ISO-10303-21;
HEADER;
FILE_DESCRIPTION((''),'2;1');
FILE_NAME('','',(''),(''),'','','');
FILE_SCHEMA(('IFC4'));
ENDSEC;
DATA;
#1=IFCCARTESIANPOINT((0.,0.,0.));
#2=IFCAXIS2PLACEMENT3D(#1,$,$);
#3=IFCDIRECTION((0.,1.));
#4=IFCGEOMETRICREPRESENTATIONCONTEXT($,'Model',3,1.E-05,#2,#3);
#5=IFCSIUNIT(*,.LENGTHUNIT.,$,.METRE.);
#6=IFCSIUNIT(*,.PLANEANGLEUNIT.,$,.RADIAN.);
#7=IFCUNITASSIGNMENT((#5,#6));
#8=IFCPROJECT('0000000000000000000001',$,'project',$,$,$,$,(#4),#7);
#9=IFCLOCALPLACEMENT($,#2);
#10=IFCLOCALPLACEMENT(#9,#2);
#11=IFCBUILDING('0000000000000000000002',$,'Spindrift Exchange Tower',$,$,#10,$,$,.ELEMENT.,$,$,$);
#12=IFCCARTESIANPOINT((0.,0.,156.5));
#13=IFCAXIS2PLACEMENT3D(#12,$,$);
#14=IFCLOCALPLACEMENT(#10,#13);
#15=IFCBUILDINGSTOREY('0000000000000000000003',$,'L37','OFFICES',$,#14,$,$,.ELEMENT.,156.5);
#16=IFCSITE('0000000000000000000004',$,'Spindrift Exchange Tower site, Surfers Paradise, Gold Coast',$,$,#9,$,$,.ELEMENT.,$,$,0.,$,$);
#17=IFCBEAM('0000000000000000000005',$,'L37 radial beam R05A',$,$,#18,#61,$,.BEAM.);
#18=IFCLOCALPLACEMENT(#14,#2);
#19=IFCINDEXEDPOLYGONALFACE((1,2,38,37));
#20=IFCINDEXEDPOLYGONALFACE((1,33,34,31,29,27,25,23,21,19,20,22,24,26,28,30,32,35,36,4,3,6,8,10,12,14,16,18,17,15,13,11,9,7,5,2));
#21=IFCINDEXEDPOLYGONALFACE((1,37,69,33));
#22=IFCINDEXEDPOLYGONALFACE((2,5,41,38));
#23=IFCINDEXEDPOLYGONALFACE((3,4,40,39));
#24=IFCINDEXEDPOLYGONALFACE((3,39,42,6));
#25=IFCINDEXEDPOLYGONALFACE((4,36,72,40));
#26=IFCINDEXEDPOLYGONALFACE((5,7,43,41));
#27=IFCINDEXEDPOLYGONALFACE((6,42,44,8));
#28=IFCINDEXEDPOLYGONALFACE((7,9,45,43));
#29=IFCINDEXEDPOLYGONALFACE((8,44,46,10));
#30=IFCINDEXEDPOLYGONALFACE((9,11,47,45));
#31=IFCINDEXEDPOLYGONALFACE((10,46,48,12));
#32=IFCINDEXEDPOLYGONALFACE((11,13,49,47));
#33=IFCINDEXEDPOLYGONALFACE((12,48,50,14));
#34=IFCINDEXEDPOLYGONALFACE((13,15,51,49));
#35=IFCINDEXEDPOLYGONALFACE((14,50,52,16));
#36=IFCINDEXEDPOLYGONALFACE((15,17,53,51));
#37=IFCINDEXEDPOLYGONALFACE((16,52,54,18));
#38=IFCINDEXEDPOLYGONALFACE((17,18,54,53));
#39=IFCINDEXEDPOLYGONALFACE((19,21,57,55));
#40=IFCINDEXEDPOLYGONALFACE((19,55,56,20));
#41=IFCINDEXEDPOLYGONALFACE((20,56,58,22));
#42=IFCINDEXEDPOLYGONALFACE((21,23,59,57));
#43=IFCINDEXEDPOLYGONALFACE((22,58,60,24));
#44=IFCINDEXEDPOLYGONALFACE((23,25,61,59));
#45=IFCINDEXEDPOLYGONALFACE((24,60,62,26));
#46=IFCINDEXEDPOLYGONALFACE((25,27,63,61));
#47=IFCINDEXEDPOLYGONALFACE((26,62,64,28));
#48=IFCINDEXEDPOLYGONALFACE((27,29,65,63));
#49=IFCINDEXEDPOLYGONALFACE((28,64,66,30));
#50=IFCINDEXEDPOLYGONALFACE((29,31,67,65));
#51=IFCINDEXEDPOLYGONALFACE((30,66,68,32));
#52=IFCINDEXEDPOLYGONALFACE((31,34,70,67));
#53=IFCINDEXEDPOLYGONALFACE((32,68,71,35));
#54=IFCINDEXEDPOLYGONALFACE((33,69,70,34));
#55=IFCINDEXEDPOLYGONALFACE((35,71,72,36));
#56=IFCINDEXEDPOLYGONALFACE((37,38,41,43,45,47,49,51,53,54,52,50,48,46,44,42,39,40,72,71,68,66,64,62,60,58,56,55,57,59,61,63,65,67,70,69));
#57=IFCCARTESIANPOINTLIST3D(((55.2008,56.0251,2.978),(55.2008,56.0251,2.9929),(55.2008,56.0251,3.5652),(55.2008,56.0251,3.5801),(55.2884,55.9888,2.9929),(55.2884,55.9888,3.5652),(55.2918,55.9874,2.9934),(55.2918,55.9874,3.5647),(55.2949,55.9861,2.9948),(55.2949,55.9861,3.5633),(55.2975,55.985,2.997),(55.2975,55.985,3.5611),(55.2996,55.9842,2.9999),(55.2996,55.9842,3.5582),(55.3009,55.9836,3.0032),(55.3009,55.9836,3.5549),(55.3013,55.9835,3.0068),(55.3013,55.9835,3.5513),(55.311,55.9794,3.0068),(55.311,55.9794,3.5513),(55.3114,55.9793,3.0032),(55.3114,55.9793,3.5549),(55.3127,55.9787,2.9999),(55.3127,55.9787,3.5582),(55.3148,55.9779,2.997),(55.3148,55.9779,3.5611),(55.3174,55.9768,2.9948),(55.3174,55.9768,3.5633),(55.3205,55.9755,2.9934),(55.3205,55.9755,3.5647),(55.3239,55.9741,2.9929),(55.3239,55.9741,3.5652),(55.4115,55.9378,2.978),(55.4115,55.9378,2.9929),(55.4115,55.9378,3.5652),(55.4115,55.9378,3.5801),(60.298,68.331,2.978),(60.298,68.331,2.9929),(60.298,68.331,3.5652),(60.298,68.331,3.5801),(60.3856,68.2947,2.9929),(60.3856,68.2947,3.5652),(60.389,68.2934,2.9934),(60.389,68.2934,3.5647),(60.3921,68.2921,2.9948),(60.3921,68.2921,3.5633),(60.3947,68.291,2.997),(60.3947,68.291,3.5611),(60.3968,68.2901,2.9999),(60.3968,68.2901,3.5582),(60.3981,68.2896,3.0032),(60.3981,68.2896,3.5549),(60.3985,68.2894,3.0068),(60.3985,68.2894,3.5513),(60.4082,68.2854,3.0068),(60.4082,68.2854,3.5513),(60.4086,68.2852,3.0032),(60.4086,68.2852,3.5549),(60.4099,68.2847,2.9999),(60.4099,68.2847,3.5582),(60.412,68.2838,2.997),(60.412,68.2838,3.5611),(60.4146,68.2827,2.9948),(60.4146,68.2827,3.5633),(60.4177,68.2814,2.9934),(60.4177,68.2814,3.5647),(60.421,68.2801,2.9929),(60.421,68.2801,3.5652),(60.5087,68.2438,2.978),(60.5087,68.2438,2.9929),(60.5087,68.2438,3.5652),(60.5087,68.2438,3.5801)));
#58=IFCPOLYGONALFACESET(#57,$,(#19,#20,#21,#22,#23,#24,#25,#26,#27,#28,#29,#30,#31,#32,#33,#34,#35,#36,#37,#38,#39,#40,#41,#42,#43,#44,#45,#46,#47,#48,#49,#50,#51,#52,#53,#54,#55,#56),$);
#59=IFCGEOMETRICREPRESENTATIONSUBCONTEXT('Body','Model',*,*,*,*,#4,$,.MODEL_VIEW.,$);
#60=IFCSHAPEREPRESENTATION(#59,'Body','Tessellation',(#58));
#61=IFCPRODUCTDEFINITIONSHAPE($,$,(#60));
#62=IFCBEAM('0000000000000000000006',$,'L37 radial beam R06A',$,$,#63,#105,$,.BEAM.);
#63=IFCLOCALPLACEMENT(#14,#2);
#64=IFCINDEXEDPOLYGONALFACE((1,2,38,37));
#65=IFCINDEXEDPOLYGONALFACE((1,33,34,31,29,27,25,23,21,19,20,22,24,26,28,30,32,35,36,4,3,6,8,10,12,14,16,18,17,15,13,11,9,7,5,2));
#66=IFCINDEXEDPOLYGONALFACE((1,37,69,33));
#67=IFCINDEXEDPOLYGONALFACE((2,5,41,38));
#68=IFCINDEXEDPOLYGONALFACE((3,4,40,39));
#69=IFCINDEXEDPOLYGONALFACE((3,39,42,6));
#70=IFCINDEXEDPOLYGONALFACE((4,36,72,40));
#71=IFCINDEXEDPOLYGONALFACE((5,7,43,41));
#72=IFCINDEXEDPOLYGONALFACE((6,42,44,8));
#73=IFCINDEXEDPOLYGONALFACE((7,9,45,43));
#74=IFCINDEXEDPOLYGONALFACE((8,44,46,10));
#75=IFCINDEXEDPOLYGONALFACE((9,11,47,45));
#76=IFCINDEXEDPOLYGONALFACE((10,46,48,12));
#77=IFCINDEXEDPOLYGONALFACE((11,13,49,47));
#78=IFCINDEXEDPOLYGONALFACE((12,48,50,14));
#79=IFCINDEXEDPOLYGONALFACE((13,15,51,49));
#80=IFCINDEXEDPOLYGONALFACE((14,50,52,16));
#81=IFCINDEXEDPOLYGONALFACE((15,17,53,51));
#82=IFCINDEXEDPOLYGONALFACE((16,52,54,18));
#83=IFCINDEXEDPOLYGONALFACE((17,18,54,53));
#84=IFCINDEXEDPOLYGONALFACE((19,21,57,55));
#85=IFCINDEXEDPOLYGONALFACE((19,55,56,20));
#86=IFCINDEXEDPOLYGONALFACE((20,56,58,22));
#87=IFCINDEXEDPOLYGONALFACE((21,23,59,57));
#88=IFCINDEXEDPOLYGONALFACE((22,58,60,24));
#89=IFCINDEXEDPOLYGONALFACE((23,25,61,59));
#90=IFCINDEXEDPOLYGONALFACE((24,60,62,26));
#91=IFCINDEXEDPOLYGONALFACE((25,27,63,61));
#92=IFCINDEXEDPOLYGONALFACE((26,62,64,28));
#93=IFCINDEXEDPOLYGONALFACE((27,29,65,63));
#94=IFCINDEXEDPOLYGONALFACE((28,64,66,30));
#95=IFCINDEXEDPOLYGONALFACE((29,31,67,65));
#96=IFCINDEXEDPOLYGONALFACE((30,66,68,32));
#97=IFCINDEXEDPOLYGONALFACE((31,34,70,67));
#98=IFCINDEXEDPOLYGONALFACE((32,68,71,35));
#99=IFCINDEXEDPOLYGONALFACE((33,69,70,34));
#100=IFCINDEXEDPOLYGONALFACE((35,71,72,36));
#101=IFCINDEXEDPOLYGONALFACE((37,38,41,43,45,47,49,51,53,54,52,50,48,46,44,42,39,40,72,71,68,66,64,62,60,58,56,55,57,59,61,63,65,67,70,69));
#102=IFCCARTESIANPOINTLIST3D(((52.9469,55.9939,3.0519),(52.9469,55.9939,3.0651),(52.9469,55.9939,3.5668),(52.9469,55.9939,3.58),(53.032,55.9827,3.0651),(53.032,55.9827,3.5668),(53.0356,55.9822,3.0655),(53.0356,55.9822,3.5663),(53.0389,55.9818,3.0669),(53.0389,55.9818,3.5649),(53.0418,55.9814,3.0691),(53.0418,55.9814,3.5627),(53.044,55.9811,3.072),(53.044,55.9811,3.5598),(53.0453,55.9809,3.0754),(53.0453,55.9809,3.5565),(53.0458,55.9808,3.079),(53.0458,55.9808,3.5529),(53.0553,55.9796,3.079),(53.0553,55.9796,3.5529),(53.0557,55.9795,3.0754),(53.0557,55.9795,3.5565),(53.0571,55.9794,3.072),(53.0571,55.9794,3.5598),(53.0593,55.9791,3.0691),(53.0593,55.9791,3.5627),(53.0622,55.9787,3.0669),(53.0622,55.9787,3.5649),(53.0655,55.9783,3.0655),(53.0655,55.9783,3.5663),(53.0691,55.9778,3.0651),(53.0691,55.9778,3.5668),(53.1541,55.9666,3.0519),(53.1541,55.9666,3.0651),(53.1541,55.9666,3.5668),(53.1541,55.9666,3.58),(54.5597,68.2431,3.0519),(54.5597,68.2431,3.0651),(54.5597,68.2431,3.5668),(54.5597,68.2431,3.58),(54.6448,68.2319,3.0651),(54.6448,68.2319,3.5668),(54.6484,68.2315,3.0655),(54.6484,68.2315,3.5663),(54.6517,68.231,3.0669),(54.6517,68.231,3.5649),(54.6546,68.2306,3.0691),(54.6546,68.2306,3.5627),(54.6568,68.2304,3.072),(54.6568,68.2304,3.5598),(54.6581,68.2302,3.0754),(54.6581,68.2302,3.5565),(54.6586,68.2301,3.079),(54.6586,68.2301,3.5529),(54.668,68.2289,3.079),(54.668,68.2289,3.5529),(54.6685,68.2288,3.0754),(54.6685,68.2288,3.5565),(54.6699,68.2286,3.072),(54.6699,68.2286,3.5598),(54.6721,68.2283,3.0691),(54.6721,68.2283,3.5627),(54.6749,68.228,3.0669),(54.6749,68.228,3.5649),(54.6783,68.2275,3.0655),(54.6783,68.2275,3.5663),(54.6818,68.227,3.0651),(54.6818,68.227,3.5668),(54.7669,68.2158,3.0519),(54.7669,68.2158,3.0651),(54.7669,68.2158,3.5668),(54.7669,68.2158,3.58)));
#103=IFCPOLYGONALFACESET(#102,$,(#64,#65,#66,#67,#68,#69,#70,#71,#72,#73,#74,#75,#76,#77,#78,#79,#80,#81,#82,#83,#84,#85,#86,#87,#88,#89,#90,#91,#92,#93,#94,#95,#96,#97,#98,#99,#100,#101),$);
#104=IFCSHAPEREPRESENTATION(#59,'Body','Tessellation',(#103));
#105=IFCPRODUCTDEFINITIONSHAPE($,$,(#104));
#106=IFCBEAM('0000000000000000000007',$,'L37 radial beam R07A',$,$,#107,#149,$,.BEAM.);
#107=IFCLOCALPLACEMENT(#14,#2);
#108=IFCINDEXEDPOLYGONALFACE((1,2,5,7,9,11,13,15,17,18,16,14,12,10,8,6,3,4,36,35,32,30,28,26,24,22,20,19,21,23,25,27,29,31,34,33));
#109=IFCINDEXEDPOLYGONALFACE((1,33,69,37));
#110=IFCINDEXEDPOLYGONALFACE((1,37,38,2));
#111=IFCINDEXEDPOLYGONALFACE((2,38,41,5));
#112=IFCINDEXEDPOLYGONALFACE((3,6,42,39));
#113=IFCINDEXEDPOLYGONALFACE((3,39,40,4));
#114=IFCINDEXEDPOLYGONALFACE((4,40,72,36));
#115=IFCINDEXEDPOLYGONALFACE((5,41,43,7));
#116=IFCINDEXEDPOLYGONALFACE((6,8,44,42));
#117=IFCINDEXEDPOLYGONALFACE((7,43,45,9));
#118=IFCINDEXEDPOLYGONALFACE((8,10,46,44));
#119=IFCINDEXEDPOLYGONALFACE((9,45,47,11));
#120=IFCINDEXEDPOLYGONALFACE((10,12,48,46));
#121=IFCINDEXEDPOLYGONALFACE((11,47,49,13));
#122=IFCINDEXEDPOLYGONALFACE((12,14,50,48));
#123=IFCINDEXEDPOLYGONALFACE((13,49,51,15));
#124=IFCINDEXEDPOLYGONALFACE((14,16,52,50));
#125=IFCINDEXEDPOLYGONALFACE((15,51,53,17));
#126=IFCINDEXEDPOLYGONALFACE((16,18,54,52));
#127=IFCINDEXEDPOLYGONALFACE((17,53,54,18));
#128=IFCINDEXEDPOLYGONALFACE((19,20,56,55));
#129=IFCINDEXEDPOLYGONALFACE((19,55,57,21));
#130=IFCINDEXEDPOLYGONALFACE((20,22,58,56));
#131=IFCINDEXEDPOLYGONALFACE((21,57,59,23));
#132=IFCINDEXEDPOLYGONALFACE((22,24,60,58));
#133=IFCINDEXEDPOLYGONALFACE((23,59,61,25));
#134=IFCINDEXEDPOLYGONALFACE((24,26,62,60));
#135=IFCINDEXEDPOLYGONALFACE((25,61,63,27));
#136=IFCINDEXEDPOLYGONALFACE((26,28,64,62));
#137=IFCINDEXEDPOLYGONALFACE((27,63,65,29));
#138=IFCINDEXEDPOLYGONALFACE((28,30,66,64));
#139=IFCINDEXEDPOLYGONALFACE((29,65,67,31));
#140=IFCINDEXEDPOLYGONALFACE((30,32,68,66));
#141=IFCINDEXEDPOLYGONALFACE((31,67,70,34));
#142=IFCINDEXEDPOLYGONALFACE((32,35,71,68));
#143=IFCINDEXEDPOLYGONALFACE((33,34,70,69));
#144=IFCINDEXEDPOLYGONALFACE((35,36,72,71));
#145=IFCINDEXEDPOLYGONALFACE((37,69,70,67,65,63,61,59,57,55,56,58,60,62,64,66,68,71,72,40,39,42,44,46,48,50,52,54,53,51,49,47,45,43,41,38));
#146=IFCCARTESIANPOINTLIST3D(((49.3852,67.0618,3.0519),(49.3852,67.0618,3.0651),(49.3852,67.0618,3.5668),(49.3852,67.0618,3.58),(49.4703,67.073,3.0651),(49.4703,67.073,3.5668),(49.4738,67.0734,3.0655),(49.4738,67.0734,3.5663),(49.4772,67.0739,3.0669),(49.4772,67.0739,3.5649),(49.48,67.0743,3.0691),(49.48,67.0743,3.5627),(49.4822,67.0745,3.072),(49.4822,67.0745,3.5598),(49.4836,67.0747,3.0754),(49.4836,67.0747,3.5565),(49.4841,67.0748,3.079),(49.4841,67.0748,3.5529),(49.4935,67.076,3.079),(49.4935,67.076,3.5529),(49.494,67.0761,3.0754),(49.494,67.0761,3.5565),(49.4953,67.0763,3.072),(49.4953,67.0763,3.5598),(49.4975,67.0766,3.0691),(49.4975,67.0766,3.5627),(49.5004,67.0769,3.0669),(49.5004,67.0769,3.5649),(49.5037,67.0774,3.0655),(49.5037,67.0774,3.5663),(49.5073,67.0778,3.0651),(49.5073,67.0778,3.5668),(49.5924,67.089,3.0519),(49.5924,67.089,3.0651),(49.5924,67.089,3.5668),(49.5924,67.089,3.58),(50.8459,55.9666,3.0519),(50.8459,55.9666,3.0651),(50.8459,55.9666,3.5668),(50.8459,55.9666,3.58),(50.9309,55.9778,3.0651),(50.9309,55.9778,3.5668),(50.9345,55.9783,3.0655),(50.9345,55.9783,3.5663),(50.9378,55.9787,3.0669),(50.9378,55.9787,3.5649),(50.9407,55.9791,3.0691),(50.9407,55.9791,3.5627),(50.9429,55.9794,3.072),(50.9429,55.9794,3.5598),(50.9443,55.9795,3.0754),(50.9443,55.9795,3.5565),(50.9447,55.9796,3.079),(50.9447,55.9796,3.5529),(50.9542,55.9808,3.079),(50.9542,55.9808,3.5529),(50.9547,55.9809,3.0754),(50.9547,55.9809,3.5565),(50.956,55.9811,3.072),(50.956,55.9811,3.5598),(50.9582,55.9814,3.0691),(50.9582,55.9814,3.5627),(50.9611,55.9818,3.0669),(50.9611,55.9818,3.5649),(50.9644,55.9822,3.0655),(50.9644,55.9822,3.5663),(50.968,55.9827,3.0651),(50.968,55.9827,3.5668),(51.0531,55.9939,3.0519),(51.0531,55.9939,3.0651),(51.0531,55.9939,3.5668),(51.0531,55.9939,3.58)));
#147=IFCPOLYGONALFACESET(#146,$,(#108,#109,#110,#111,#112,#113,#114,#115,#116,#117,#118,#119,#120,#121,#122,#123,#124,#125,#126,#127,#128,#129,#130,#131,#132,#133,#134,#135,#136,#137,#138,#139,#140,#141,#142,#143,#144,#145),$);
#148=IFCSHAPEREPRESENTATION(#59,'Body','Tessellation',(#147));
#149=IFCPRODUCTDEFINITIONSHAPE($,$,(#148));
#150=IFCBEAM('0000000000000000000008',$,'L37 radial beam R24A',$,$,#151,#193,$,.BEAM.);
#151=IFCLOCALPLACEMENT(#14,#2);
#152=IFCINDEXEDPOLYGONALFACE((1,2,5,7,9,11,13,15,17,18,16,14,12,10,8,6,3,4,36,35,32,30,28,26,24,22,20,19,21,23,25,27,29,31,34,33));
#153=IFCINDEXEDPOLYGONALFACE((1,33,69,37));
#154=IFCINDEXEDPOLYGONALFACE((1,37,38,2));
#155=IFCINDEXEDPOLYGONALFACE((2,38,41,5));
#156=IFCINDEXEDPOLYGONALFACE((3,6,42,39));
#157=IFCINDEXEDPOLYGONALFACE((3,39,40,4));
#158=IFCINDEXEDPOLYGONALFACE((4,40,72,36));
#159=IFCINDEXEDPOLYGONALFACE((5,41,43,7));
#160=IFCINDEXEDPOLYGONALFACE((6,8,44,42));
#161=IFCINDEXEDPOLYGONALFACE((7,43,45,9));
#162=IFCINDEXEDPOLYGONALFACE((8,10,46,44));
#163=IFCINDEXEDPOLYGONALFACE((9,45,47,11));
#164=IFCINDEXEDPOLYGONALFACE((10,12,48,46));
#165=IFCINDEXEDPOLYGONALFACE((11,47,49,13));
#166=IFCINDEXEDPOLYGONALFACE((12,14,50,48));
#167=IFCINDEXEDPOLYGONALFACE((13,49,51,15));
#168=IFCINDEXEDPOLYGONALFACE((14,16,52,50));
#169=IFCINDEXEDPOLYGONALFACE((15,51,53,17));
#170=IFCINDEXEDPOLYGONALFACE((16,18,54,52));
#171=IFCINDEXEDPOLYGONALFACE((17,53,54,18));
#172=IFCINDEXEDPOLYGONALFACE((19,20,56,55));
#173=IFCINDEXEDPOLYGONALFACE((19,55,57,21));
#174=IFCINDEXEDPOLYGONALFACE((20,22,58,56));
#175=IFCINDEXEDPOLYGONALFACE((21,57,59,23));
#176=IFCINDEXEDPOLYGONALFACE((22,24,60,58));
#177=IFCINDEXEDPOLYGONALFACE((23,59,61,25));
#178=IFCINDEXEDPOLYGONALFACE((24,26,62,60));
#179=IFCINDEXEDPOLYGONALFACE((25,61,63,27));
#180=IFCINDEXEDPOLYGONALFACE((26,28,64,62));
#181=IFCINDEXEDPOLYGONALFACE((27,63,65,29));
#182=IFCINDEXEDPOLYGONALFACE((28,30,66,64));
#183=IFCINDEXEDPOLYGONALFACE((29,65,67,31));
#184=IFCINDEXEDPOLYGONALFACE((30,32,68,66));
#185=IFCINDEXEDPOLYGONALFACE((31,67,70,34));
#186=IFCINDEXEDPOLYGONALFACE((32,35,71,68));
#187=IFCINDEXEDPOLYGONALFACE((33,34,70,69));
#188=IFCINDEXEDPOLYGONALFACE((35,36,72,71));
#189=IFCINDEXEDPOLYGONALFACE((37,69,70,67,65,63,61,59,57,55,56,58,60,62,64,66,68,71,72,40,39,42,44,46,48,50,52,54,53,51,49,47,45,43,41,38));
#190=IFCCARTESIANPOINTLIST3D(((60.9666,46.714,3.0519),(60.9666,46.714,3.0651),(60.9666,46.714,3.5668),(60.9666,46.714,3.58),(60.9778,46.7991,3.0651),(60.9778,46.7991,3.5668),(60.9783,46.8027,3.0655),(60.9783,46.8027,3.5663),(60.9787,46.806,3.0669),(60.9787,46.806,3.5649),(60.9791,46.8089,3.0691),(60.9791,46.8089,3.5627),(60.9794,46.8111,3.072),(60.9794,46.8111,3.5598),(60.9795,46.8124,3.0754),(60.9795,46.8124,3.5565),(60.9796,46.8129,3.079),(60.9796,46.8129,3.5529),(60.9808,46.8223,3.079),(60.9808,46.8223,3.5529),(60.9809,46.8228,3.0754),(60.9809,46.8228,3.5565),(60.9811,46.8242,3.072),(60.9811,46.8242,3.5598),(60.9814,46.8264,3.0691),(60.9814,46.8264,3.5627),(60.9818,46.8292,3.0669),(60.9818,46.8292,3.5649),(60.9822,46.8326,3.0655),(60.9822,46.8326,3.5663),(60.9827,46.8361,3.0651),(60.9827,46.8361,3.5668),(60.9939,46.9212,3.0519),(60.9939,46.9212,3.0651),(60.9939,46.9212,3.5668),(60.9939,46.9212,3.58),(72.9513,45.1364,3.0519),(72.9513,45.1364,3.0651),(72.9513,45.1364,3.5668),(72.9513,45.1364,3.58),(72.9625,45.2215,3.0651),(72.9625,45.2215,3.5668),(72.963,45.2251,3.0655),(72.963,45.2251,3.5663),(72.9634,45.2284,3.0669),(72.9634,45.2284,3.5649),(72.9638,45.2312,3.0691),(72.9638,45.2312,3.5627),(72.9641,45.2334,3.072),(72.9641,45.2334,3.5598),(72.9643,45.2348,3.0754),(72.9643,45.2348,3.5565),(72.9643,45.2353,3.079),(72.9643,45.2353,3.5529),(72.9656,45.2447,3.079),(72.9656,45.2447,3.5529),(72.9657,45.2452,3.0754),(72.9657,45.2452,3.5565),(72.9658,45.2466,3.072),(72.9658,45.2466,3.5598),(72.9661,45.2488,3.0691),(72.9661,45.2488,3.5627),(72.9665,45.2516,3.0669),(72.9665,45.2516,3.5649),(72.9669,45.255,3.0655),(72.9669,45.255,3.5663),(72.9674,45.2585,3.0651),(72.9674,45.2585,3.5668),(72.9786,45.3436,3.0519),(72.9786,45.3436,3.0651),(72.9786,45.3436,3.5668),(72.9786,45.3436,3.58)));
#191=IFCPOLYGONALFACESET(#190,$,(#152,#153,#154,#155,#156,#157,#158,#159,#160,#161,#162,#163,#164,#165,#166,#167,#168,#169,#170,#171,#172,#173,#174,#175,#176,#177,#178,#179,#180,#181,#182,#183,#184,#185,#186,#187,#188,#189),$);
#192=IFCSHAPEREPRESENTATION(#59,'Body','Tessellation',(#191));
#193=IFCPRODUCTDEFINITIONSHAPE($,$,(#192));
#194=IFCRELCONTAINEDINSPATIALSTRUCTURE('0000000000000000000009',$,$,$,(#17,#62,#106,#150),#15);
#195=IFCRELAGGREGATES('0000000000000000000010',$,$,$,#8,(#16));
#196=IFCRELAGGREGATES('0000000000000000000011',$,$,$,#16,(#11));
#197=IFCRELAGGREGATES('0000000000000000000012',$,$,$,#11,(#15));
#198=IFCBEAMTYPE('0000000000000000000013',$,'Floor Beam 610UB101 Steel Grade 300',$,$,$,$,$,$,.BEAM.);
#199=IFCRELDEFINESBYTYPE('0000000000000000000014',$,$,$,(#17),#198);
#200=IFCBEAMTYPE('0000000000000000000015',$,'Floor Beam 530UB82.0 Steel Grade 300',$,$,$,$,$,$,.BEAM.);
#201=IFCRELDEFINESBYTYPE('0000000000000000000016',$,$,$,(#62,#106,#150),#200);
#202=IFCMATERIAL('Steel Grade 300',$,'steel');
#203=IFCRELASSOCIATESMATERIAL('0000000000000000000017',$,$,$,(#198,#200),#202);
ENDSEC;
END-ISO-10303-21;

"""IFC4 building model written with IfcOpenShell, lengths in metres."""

from ifc_helpers import new_model, si_unit, direction, frame, origin, origin_2d, place, context, subcontext, project, spatial, i_section, extrude, source, transform, mapped, material, material_profile, profile_set, type_object, element, save


model = new_model("IFC4")

# Units and contexts
model_context = context("Model", 3, precision=1e-05, world=origin(), true_north=direction((0.0, 1.0)))
body_context = subcontext(model_context, "Body", "Model", "MODEL_VIEW")
ifc_project = project(units=[si_unit("LENGTHUNIT", "METRE"), si_unit("PLANEANGLEUNIT", "RADIAN")], contexts=[model_context])

# Site, building, storey
site_placement = place(None, origin())
site = spatial("IfcSite", under=ifc_project, at=site_placement, Name="Spindrift Exchange Tower site, Surfers Paradise, Gold Coast", CompositionType="ELEMENT", RefElevation=0.0)
building_placement = place(site_placement, origin())
building = spatial("IfcBuilding", under=site, at=building_placement, Name="Spindrift Exchange Tower", CompositionType="ELEMENT")
storey_placement = place(building_placement, frame((0.0, 0.0, 156.5)))
storey = spatial("IfcBuildingStorey", under=building, at=storey_placement, Name="L37", Description="OFFICES", CompositionType="ELEMENT", Elevation=156.5)

# Beams
ifc_material_1 = material(Name="Steel Grade 300", Category="steel")
ifc_material_profile_1 = material_profile(ifc_material_1, i_section(OverallWidth=0.228, OverallDepth=0.6021, WebThickness=0.0105, FlangeThickness=0.0149, FilletRadius=0.0139, at=origin_2d()), Name="610UB101")
ifc_profile_set_1 = profile_set([ifc_material_profile_1], Name="Steel Grade 300")
beam_type_1 = type_object("IfcBeamType", Name="Floor Beam 610UB101 Steel Grade 300", PredefinedType="BEAM", material=ifc_profile_set_1)
shared_shape_1 = source(origin(), body_context, "Body", "SweptSolid", [
    extrude(i_section(OverallWidth=0.228, OverallDepth=0.6021, WebThickness=0.0105, FlangeThickness=0.0149, FilletRadius=0.0139, at=origin_2d()), origin(), (0.0, 0.0, 1.0), 13.3198),
])
beam_1_placement = place(storey_placement, frame((55.3062, 55.9814, 3.2791), z_axis=(0.382677, 0.923882, 0.0), x_axis=(-0.923882, 0.382677, 0.0)))
element("IfcBeam", 1, at=beam_1_placement, inside=storey, type_object=beam_type_1, Name="L37 radial beam R05A", PredefinedType="BEAM", context=body_context, shape_type="MappedRepresentation", body=[
    mapped(shared_shape_1, transform((0.0, 0.0, 0.0), scale=1.0)),
])
ifc_material_profile_2 = material_profile(ifc_material_1, i_section(OverallWidth=0.209, OverallDepth=0.5281, WebThickness=0.0095, FlangeThickness=0.0132, FilletRadius=0.0139, at=origin_2d()), Name="530UB82.0")
ifc_profile_set_2 = profile_set([ifc_material_profile_2], Name="Steel Grade 300")
beam_type_2 = type_object("IfcBeamType", Name="Floor Beam 530UB82.0 Steel Grade 300", PredefinedType="BEAM", material=ifc_profile_set_2)
shared_shape_2 = source(origin(), body_context, "Body", "SweptSolid", [
    extrude(i_section(OverallWidth=0.209, OverallDepth=0.5281, WebThickness=0.0095, FlangeThickness=0.0132, FilletRadius=0.0139, at=origin_2d()), origin(), (0.0, 0.0, 1.0), 12.355),
])
beam_2_placement = place(storey_placement, frame((53.0505, 55.9802, 3.3159), z_axis=(0.130538, 0.991443, 0.0), x_axis=(-0.991443, 0.130538, 0.0)))
element("IfcBeam", 2, at=beam_2_placement, inside=storey, type_object=beam_type_2, Name="L37 radial beam R06A", PredefinedType="BEAM", context=body_context, shape_type="MappedRepresentation", body=[
    mapped(shared_shape_2, transform((0.0, 0.0, 0.0), scale=1.0)),
])
shared_shape_3 = source(origin(), body_context, "Body", "SweptSolid", [
    extrude(i_section(OverallWidth=0.209, OverallDepth=0.5281, WebThickness=0.0095, FlangeThickness=0.0132, FilletRadius=0.0139, at=origin_2d()), origin(), (0.0, 0.0, 1.0), 11.1909),
])
beam_3_placement = place(storey_placement, frame((50.9495, 55.9802, 3.3159), z_axis=(-0.130524, 0.991445, 0.0), x_axis=(-0.991445, -0.130524, 0.0)))
element("IfcBeam", 3, at=beam_3_placement, inside=storey, type_object=beam_type_2, Name="L37 radial beam R07A", PredefinedType="BEAM", context=body_context, shape_type="MappedRepresentation", body=[
    mapped(shared_shape_3, transform((0.0, 0.0, 0.0), scale=1.0)),
])
shared_shape_4 = source(origin(), body_context, "Body", "SweptSolid", [
    extrude(i_section(OverallWidth=0.209, OverallDepth=0.5281, WebThickness=0.0095, FlangeThickness=0.0132, FilletRadius=0.0139, at=origin_2d()), origin(), (0.0, 0.0, 1.0), 12.0881),
])
beam_4_placement = place(storey_placement, frame((60.9802, 46.8176, 3.3159), z_axis=(0.991447, -0.13051, 0.0), x_axis=(0.13051, 0.991447, 0.0)))
element("IfcBeam", 4, at=beam_4_placement, inside=storey, type_object=beam_type_2, Name="L37 radial beam R24A", PredefinedType="BEAM", context=body_context, shape_type="MappedRepresentation", body=[
    mapped(shared_shape_4, transform((0.0, 0.0, 0.0), scale=1.0)),
])

save(model, "model.ifc")
